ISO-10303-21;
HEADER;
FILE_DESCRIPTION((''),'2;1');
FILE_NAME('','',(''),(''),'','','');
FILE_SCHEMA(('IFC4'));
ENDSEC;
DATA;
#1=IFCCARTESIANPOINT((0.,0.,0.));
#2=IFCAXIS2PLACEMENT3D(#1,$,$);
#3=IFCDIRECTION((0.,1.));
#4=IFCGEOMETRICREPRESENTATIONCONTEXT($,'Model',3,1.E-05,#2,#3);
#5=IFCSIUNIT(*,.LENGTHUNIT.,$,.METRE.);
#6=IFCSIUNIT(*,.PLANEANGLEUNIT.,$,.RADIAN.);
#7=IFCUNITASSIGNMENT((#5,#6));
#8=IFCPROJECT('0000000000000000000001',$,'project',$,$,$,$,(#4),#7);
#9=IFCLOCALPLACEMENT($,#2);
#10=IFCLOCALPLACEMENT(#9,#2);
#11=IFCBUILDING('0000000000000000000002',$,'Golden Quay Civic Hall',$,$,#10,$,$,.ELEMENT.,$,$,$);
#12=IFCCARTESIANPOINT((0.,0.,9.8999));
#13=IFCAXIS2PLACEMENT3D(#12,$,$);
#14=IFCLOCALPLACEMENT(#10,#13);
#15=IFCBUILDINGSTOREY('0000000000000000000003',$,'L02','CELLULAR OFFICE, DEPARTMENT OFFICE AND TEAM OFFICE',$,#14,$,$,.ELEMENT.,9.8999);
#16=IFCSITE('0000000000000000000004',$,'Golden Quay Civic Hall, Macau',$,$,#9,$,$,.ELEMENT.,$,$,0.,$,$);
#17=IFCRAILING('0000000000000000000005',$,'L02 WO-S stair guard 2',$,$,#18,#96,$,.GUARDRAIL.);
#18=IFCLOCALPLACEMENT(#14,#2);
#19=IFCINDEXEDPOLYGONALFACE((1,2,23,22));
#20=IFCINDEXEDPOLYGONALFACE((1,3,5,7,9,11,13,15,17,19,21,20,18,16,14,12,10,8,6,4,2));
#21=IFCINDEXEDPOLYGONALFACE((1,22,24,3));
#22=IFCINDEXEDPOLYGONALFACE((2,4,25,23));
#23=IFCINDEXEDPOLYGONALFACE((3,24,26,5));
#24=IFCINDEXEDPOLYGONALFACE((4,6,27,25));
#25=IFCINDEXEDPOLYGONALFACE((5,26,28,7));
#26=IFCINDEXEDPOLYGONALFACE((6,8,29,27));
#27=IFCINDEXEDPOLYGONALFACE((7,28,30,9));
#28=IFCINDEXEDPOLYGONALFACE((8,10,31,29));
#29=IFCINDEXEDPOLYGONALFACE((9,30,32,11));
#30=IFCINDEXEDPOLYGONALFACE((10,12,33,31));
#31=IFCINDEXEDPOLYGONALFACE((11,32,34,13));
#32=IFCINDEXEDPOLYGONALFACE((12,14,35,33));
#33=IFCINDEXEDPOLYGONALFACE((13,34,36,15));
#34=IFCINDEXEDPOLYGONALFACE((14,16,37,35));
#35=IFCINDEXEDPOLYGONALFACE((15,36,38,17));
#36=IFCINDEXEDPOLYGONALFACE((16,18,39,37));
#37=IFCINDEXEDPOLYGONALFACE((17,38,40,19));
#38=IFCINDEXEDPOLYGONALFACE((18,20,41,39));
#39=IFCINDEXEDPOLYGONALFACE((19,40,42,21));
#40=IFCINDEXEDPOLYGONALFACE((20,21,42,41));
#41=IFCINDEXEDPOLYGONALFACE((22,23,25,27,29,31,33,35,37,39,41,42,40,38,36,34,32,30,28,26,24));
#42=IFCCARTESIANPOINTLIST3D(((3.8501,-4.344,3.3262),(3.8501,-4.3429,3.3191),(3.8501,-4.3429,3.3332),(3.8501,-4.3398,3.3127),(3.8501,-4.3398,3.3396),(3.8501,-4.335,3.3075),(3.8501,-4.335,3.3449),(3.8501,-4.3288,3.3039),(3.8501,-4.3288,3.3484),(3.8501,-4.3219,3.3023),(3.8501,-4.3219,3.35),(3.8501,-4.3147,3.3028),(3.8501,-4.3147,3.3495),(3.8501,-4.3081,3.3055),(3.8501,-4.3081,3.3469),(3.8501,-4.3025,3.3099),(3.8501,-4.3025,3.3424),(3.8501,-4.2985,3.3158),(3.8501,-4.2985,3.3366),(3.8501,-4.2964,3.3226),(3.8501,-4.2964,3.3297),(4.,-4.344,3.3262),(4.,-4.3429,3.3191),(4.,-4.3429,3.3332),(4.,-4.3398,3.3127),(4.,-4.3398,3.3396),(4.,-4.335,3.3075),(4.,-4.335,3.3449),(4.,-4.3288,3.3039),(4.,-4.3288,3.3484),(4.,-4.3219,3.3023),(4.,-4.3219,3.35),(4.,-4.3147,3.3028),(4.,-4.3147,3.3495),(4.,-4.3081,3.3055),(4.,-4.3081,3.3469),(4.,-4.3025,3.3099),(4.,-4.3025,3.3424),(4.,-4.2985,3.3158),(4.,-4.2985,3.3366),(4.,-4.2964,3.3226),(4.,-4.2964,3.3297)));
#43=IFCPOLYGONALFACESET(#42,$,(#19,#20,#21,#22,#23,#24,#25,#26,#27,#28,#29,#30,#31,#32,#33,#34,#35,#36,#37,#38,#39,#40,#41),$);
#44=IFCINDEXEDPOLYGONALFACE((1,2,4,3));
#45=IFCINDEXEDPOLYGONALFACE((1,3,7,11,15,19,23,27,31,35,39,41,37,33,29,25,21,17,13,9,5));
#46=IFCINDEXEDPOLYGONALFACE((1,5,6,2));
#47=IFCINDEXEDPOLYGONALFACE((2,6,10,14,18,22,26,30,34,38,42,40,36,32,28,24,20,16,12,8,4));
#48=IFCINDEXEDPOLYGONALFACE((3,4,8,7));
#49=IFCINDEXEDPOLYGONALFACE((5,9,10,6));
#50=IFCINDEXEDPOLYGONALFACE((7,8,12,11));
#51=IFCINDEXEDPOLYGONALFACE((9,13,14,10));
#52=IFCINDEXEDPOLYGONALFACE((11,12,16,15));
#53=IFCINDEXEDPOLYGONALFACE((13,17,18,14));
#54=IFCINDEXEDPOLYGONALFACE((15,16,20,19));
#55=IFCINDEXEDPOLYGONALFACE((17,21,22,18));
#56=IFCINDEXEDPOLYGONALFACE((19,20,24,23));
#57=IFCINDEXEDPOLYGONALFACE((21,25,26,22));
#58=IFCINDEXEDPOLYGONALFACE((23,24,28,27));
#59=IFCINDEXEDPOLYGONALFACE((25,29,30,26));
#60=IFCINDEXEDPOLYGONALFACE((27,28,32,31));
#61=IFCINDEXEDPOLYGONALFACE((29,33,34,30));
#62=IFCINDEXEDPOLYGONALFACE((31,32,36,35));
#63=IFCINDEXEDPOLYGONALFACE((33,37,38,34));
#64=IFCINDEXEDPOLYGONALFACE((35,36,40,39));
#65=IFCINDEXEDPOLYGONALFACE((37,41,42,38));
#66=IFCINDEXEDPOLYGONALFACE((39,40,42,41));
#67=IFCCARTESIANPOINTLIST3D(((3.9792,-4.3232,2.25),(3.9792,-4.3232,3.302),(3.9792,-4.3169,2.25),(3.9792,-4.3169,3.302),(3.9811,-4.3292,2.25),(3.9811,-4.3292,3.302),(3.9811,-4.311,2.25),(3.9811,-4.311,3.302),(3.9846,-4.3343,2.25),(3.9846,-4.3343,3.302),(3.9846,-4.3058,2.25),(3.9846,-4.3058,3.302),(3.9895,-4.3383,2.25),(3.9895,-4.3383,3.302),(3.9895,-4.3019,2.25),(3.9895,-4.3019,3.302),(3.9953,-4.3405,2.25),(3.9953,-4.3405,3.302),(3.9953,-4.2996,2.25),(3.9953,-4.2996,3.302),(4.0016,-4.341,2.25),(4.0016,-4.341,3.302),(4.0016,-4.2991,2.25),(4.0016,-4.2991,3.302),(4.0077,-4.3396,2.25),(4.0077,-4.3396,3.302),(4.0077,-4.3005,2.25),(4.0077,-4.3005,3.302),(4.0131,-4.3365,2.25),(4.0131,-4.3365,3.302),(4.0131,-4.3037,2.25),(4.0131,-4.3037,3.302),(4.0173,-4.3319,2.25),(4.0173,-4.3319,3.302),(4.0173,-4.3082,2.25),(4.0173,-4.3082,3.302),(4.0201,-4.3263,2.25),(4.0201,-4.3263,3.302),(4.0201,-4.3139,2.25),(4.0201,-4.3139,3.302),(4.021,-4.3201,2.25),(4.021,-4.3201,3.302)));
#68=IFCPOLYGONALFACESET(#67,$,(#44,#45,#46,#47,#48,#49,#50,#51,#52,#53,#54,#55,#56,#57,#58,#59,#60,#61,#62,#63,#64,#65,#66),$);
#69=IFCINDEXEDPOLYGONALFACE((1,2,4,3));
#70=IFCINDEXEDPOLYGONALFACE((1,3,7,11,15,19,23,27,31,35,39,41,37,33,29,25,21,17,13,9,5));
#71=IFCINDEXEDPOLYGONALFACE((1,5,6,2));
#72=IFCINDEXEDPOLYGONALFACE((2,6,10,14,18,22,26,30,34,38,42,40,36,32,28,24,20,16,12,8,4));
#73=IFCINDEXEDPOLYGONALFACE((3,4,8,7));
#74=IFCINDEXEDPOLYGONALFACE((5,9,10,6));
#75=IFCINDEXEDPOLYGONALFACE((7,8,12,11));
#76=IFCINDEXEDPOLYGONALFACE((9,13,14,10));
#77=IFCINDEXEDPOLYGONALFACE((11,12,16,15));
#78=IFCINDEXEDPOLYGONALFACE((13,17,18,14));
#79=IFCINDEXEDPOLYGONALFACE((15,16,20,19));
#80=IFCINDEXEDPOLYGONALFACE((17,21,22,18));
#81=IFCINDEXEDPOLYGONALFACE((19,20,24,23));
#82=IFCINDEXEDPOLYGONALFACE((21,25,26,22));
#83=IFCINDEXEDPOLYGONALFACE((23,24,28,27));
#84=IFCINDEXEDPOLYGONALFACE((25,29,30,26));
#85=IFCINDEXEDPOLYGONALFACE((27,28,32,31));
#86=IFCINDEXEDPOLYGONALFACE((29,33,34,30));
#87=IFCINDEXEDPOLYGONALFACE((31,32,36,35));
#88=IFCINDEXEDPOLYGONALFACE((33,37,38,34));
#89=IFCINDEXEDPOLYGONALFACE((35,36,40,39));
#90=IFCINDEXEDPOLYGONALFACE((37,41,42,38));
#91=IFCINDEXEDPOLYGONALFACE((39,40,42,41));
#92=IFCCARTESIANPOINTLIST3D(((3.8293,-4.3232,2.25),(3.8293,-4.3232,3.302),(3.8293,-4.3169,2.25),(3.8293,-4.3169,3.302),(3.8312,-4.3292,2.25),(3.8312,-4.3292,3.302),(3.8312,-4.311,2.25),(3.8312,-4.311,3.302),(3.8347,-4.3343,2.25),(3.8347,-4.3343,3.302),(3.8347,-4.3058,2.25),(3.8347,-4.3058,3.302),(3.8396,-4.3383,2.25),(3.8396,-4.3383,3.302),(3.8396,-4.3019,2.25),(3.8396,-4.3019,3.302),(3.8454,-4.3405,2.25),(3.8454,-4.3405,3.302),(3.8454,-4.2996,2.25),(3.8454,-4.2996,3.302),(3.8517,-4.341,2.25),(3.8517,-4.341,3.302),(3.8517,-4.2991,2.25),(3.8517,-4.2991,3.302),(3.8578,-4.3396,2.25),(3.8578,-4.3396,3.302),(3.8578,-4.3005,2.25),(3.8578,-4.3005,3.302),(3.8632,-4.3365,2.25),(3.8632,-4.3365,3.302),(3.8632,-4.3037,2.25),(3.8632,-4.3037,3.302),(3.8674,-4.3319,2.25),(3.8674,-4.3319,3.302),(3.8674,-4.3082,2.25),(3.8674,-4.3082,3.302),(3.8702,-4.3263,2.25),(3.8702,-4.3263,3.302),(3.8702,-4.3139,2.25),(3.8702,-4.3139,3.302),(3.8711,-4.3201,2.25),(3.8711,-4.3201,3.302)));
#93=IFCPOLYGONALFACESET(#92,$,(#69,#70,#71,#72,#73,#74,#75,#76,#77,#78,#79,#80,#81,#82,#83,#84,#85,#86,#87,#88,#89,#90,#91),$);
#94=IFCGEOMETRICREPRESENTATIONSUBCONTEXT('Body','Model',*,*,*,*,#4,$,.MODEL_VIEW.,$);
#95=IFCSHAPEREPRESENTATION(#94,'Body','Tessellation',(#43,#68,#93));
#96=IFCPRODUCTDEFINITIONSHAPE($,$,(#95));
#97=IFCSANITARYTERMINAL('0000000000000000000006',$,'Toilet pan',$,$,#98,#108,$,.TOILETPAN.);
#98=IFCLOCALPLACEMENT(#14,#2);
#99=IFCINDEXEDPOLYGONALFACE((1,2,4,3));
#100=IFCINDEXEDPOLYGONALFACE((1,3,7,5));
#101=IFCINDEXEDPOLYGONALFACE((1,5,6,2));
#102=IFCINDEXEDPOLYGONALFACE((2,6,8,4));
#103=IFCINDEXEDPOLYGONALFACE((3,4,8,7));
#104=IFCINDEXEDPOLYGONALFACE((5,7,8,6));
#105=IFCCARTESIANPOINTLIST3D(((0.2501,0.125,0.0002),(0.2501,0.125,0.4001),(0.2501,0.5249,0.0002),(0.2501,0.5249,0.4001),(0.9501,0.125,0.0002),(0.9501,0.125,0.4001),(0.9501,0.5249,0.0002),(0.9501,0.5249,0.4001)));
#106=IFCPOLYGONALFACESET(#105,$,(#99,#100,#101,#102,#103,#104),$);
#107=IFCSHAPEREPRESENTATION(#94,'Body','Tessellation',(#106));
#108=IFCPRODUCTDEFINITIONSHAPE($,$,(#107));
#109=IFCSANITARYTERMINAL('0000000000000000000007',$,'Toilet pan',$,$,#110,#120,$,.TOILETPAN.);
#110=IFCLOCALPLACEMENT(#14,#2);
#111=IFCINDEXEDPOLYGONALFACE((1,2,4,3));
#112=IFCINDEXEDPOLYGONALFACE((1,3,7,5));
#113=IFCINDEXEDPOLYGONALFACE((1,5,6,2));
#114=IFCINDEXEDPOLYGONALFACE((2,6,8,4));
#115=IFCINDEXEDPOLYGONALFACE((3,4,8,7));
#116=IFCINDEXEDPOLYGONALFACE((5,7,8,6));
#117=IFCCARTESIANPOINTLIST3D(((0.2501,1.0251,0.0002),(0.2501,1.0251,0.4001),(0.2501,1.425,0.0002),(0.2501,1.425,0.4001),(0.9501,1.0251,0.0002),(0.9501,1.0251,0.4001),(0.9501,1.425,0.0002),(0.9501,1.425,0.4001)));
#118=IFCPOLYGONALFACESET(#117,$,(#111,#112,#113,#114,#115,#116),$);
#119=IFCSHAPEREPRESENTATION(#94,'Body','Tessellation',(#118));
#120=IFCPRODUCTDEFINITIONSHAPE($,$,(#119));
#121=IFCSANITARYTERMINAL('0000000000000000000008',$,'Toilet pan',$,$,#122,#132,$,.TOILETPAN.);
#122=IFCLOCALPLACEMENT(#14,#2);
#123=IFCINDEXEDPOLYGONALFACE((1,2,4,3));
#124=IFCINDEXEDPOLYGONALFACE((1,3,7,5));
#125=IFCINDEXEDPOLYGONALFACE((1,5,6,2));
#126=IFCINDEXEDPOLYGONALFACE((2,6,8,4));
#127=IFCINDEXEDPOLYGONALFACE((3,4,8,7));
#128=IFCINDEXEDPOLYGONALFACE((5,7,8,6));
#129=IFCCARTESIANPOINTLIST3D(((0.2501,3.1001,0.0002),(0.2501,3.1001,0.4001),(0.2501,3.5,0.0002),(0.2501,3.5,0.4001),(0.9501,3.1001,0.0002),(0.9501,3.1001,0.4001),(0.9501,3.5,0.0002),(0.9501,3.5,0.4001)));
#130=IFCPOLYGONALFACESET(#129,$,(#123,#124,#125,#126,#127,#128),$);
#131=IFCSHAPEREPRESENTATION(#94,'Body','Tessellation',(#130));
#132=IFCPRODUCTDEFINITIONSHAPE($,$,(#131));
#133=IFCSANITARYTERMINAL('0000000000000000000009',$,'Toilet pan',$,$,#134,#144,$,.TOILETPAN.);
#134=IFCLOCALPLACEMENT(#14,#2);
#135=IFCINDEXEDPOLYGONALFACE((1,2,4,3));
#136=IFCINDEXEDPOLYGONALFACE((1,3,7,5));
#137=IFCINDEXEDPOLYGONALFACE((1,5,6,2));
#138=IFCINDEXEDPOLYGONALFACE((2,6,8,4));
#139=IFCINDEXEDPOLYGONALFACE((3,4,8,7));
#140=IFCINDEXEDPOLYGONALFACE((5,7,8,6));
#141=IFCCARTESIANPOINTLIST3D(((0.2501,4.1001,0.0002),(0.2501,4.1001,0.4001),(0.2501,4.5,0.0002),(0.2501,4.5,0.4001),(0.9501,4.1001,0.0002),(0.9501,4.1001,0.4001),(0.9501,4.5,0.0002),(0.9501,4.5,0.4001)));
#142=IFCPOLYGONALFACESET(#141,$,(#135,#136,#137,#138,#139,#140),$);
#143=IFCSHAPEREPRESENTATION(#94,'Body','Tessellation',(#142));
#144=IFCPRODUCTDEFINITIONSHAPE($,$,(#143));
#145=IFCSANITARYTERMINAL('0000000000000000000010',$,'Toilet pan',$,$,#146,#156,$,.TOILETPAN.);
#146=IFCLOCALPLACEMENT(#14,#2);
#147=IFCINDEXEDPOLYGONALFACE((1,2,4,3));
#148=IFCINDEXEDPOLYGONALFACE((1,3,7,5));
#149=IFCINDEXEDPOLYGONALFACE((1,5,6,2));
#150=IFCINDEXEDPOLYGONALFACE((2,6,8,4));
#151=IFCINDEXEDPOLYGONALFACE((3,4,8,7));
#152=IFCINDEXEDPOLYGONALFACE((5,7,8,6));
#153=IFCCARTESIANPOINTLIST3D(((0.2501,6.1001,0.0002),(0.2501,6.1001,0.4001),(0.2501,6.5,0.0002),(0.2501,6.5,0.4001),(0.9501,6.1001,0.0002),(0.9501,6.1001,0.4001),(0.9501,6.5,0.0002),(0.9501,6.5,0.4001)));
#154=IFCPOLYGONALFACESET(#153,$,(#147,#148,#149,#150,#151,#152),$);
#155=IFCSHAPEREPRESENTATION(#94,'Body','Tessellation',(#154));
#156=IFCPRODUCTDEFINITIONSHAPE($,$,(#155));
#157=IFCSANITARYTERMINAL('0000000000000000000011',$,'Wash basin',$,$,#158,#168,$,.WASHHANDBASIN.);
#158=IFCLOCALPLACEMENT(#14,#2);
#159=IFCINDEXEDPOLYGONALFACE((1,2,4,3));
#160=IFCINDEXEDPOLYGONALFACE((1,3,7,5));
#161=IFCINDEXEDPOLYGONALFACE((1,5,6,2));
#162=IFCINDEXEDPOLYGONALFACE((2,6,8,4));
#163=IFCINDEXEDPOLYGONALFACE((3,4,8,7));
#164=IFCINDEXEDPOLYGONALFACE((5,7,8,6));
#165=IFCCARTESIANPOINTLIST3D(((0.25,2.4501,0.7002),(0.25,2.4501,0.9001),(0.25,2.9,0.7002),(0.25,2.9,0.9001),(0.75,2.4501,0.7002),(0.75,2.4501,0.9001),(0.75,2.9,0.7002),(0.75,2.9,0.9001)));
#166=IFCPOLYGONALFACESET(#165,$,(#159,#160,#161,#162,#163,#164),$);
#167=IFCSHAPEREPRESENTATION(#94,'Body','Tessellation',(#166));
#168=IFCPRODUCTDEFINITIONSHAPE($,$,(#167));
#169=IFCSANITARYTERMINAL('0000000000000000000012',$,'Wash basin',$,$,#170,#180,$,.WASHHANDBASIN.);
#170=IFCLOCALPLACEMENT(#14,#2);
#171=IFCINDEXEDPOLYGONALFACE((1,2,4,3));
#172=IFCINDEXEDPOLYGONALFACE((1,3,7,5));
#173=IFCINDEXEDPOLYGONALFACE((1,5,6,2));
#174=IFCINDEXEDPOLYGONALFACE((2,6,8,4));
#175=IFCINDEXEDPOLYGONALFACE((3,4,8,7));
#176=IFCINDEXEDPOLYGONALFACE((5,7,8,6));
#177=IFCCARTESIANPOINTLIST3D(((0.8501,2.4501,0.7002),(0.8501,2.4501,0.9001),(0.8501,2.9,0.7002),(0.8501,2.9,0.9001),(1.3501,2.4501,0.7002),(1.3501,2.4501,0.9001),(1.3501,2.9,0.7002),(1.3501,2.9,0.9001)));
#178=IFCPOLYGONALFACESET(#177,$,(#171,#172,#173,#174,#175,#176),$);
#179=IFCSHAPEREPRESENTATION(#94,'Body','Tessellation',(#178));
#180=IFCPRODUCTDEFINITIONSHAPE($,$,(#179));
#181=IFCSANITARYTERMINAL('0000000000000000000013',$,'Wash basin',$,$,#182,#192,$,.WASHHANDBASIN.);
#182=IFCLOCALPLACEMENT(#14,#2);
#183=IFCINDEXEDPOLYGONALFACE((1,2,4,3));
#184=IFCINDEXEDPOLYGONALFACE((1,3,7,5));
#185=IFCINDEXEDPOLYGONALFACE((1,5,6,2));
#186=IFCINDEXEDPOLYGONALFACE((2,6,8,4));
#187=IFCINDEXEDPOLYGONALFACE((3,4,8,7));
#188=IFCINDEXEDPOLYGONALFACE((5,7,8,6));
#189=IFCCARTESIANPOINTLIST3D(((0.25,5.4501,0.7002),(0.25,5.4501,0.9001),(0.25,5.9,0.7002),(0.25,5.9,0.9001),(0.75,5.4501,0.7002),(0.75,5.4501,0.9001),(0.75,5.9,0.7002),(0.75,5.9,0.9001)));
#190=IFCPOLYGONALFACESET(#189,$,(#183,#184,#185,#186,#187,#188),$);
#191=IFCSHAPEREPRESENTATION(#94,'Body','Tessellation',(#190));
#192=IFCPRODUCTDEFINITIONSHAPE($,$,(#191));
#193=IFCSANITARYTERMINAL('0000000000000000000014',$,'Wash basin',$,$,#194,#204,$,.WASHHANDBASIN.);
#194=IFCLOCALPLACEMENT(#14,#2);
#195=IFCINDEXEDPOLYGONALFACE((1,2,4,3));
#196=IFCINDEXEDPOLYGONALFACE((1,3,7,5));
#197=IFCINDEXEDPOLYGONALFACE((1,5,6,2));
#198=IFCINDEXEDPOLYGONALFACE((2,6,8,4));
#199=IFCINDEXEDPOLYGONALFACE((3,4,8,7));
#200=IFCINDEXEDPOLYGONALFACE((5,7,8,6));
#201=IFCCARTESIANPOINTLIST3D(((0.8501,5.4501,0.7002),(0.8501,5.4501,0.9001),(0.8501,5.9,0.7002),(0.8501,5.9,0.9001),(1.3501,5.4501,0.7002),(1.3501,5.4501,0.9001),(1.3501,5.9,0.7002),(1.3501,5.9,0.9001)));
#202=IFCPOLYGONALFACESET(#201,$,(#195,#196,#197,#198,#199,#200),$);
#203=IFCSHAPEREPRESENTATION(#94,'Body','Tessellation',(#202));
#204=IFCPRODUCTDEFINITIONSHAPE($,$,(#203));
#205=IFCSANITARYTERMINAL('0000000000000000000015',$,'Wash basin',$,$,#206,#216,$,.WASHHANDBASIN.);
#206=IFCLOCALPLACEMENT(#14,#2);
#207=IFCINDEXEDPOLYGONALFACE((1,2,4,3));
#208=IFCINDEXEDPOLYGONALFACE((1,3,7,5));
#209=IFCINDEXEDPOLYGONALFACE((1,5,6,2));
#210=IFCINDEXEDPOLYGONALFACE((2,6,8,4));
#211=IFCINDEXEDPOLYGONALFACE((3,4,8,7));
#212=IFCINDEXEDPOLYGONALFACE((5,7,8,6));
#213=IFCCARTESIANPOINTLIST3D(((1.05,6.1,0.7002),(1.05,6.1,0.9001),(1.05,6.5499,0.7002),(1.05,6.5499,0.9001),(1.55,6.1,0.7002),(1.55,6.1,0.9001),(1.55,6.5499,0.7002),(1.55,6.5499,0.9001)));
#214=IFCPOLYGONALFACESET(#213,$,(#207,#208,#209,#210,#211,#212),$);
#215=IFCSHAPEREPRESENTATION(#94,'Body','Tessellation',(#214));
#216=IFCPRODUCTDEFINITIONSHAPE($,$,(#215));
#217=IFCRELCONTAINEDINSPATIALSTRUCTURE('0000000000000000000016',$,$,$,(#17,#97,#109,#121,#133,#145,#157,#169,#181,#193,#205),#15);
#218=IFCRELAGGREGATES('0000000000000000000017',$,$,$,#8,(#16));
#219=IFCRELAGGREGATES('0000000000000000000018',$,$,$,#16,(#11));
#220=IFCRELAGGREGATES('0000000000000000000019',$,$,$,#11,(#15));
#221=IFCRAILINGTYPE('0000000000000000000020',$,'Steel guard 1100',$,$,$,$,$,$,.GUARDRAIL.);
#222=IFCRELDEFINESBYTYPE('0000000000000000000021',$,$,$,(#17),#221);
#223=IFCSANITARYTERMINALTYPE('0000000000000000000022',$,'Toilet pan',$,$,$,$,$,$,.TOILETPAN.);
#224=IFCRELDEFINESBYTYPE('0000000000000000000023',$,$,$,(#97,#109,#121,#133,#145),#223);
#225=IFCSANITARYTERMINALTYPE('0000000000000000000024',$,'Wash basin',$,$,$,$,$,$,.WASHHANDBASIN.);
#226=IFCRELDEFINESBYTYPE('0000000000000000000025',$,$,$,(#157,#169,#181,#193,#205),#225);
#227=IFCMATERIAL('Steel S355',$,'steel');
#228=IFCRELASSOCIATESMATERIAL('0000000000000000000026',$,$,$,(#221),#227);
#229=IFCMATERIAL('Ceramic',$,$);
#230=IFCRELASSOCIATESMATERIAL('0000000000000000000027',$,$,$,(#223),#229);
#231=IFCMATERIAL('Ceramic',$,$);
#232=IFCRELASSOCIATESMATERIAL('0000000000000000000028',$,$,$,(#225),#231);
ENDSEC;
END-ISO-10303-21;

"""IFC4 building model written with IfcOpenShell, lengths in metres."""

from ifc_helpers import new_model, si_unit, direction, frame, origin, origin_2d, place, context, subcontext, project, spatial, rectangle, circle, extrude, material, type_object, element, save


model = new_model("IFC4")

# Units and contexts
model_context = context("Model", 3, precision=1e-05, world=origin(), true_north=direction((0.0, 1.0)))
body_context = subcontext(model_context, "Body", "Model", "MODEL_VIEW")
ifc_project = project(units=[si_unit("LENGTHUNIT", "METRE"), si_unit("PLANEANGLEUNIT", "RADIAN")], contexts=[model_context])

# Site, building, storey
site_placement = place(None, origin())
site = spatial("IfcSite", under=ifc_project, at=site_placement, Name="Golden Quay Civic Hall, Macau", CompositionType="ELEMENT", RefElevation=0.0)
building_placement = place(site_placement, origin())
building = spatial("IfcBuilding", under=site, at=building_placement, Name="Golden Quay Civic Hall", CompositionType="ELEMENT")
storey_placement = place(building_placement, frame((0.0, 0.0, 9.8999)))
storey = spatial("IfcBuildingStorey", under=building, at=storey_placement, Name="L02", Description="CELLULAR OFFICE, DEPARTMENT OFFICE AND TEAM OFFICE", CompositionType="ELEMENT", Elevation=9.8999)

# Railing
ifc_material_1 = material(Name="Steel S355", Category="steel")
railing_type = type_object("IfcRailingType", Name="Steel guard 1100", PredefinedType="GUARDRAIL", material=ifc_material_1)
railing_placement = place(storey_placement, frame((4.0, -4.3201, 2.25)))
element("IfcRailing", 1, at=railing_placement, inside=storey, type_object=railing_type, Name="L02 WO-S stair guard 2", PredefinedType="GUARDRAIL", context=body_context, shape_type="SweptSolid", body=[
    extrude(circle(Radius=0.0239, at=origin_2d()), frame((0.0, 0.0, 1.0762), z_axis=(-1.0, 0.0, 0.0), x_axis=(0.0, -1.0, 0.0)), (0.0, 0.0, 1.0), 0.1499),
    extrude(circle(Radius=0.021, at=origin_2d()), origin(), (0.0, 0.0, 1.0), 1.052),
    extrude(circle(Radius=0.021, at=origin_2d()), frame((-0.1499, 0.0, 0.0)), (0.0, 0.0, 1.0), 1.052),
])

# Sanitary terminals
ifc_material_2 = material(Name="Ceramic")
sanitary_terminal_type_1 = type_object("IfcSanitaryTerminalType", Name="Toilet pan", PredefinedType="TOILETPAN", material=ifc_material_2)
for number, where, z_axis, x_axis, name in (
    (2, (0.6001, 0.325, 0.0002), (0.0, 0.0, 1.0), (0.0, 1.0, 0.0), "Toilet pan"),
    (3, (0.6001, 1.2251, 0.0002), (0.0, 0.0, 1.0), (0.0, 1.0, 0.0), "Toilet pan"),
    (4, (0.6001, 3.3, 0.0002), (0.0, 0.0, 1.0), (0.0, 1.0, 0.0), "Toilet pan"),
    (5, (0.6001, 4.3, 0.0002), (0.0, 0.0, 1.0), (0.0, 1.0, 0.0), "Toilet pan"),
    (6, (0.6001, 6.3, 0.0002), (0.0, 0.0, 1.0), (0.0, 1.0, 0.0), "Toilet pan"),
):
    element("IfcSanitaryTerminal", number, at=place(storey_placement, frame(where, z_axis=z_axis, x_axis=x_axis)), inside=storey, type_object=sanitary_terminal_type_1, Name=name, PredefinedType="TOILETPAN", context=body_context, shape_type="SweptSolid", body=[
        extrude(rectangle(XDim=0.3999, YDim=0.7, at=origin_2d()), origin(), (0.0, 0.0, 1.0), 0.3999),
    ])
ifc_material_3 = material(Name="Ceramic")
sanitary_terminal_type_2 = type_object("IfcSanitaryTerminalType", Name="Wash basin", PredefinedType="WASHHANDBASIN", material=ifc_material_3)
for number, where, z_axis, x_axis, name in (
    (7, (0.5, 2.675, 0.7002), (0.0, 0.0, 1.0), (1.0, 0.0, 0.0), "Wash basin"),
    (8, (1.1001, 2.675, 0.7002), (0.0, 0.0, 1.0), (1.0, 0.0, 0.0), "Wash basin"),
    (9, (0.5, 5.675, 0.7002), (0.0, 0.0, 1.0), (1.0, 0.0, 0.0), "Wash basin"),
    (10, (1.1001, 5.675, 0.7002), (0.0, 0.0, 1.0), (1.0, 0.0, 0.0), "Wash basin"),
    (11, (1.3, 6.325, 0.7002), (0.0, 0.0, 1.0), (1.0, 0.0, 0.0), "Wash basin"),
):
    element("IfcSanitaryTerminal", number, at=place(storey_placement, frame(where, z_axis=z_axis, x_axis=x_axis)), inside=storey, type_object=sanitary_terminal_type_2, Name=name, PredefinedType="WASHHANDBASIN", context=body_context, shape_type="SweptSolid", body=[
        extrude(rectangle(XDim=0.5, YDim=0.45, at=origin_2d()), origin(), (0.0, 0.0, 1.0), 0.2),
    ])

save(model, "model.ifc")
